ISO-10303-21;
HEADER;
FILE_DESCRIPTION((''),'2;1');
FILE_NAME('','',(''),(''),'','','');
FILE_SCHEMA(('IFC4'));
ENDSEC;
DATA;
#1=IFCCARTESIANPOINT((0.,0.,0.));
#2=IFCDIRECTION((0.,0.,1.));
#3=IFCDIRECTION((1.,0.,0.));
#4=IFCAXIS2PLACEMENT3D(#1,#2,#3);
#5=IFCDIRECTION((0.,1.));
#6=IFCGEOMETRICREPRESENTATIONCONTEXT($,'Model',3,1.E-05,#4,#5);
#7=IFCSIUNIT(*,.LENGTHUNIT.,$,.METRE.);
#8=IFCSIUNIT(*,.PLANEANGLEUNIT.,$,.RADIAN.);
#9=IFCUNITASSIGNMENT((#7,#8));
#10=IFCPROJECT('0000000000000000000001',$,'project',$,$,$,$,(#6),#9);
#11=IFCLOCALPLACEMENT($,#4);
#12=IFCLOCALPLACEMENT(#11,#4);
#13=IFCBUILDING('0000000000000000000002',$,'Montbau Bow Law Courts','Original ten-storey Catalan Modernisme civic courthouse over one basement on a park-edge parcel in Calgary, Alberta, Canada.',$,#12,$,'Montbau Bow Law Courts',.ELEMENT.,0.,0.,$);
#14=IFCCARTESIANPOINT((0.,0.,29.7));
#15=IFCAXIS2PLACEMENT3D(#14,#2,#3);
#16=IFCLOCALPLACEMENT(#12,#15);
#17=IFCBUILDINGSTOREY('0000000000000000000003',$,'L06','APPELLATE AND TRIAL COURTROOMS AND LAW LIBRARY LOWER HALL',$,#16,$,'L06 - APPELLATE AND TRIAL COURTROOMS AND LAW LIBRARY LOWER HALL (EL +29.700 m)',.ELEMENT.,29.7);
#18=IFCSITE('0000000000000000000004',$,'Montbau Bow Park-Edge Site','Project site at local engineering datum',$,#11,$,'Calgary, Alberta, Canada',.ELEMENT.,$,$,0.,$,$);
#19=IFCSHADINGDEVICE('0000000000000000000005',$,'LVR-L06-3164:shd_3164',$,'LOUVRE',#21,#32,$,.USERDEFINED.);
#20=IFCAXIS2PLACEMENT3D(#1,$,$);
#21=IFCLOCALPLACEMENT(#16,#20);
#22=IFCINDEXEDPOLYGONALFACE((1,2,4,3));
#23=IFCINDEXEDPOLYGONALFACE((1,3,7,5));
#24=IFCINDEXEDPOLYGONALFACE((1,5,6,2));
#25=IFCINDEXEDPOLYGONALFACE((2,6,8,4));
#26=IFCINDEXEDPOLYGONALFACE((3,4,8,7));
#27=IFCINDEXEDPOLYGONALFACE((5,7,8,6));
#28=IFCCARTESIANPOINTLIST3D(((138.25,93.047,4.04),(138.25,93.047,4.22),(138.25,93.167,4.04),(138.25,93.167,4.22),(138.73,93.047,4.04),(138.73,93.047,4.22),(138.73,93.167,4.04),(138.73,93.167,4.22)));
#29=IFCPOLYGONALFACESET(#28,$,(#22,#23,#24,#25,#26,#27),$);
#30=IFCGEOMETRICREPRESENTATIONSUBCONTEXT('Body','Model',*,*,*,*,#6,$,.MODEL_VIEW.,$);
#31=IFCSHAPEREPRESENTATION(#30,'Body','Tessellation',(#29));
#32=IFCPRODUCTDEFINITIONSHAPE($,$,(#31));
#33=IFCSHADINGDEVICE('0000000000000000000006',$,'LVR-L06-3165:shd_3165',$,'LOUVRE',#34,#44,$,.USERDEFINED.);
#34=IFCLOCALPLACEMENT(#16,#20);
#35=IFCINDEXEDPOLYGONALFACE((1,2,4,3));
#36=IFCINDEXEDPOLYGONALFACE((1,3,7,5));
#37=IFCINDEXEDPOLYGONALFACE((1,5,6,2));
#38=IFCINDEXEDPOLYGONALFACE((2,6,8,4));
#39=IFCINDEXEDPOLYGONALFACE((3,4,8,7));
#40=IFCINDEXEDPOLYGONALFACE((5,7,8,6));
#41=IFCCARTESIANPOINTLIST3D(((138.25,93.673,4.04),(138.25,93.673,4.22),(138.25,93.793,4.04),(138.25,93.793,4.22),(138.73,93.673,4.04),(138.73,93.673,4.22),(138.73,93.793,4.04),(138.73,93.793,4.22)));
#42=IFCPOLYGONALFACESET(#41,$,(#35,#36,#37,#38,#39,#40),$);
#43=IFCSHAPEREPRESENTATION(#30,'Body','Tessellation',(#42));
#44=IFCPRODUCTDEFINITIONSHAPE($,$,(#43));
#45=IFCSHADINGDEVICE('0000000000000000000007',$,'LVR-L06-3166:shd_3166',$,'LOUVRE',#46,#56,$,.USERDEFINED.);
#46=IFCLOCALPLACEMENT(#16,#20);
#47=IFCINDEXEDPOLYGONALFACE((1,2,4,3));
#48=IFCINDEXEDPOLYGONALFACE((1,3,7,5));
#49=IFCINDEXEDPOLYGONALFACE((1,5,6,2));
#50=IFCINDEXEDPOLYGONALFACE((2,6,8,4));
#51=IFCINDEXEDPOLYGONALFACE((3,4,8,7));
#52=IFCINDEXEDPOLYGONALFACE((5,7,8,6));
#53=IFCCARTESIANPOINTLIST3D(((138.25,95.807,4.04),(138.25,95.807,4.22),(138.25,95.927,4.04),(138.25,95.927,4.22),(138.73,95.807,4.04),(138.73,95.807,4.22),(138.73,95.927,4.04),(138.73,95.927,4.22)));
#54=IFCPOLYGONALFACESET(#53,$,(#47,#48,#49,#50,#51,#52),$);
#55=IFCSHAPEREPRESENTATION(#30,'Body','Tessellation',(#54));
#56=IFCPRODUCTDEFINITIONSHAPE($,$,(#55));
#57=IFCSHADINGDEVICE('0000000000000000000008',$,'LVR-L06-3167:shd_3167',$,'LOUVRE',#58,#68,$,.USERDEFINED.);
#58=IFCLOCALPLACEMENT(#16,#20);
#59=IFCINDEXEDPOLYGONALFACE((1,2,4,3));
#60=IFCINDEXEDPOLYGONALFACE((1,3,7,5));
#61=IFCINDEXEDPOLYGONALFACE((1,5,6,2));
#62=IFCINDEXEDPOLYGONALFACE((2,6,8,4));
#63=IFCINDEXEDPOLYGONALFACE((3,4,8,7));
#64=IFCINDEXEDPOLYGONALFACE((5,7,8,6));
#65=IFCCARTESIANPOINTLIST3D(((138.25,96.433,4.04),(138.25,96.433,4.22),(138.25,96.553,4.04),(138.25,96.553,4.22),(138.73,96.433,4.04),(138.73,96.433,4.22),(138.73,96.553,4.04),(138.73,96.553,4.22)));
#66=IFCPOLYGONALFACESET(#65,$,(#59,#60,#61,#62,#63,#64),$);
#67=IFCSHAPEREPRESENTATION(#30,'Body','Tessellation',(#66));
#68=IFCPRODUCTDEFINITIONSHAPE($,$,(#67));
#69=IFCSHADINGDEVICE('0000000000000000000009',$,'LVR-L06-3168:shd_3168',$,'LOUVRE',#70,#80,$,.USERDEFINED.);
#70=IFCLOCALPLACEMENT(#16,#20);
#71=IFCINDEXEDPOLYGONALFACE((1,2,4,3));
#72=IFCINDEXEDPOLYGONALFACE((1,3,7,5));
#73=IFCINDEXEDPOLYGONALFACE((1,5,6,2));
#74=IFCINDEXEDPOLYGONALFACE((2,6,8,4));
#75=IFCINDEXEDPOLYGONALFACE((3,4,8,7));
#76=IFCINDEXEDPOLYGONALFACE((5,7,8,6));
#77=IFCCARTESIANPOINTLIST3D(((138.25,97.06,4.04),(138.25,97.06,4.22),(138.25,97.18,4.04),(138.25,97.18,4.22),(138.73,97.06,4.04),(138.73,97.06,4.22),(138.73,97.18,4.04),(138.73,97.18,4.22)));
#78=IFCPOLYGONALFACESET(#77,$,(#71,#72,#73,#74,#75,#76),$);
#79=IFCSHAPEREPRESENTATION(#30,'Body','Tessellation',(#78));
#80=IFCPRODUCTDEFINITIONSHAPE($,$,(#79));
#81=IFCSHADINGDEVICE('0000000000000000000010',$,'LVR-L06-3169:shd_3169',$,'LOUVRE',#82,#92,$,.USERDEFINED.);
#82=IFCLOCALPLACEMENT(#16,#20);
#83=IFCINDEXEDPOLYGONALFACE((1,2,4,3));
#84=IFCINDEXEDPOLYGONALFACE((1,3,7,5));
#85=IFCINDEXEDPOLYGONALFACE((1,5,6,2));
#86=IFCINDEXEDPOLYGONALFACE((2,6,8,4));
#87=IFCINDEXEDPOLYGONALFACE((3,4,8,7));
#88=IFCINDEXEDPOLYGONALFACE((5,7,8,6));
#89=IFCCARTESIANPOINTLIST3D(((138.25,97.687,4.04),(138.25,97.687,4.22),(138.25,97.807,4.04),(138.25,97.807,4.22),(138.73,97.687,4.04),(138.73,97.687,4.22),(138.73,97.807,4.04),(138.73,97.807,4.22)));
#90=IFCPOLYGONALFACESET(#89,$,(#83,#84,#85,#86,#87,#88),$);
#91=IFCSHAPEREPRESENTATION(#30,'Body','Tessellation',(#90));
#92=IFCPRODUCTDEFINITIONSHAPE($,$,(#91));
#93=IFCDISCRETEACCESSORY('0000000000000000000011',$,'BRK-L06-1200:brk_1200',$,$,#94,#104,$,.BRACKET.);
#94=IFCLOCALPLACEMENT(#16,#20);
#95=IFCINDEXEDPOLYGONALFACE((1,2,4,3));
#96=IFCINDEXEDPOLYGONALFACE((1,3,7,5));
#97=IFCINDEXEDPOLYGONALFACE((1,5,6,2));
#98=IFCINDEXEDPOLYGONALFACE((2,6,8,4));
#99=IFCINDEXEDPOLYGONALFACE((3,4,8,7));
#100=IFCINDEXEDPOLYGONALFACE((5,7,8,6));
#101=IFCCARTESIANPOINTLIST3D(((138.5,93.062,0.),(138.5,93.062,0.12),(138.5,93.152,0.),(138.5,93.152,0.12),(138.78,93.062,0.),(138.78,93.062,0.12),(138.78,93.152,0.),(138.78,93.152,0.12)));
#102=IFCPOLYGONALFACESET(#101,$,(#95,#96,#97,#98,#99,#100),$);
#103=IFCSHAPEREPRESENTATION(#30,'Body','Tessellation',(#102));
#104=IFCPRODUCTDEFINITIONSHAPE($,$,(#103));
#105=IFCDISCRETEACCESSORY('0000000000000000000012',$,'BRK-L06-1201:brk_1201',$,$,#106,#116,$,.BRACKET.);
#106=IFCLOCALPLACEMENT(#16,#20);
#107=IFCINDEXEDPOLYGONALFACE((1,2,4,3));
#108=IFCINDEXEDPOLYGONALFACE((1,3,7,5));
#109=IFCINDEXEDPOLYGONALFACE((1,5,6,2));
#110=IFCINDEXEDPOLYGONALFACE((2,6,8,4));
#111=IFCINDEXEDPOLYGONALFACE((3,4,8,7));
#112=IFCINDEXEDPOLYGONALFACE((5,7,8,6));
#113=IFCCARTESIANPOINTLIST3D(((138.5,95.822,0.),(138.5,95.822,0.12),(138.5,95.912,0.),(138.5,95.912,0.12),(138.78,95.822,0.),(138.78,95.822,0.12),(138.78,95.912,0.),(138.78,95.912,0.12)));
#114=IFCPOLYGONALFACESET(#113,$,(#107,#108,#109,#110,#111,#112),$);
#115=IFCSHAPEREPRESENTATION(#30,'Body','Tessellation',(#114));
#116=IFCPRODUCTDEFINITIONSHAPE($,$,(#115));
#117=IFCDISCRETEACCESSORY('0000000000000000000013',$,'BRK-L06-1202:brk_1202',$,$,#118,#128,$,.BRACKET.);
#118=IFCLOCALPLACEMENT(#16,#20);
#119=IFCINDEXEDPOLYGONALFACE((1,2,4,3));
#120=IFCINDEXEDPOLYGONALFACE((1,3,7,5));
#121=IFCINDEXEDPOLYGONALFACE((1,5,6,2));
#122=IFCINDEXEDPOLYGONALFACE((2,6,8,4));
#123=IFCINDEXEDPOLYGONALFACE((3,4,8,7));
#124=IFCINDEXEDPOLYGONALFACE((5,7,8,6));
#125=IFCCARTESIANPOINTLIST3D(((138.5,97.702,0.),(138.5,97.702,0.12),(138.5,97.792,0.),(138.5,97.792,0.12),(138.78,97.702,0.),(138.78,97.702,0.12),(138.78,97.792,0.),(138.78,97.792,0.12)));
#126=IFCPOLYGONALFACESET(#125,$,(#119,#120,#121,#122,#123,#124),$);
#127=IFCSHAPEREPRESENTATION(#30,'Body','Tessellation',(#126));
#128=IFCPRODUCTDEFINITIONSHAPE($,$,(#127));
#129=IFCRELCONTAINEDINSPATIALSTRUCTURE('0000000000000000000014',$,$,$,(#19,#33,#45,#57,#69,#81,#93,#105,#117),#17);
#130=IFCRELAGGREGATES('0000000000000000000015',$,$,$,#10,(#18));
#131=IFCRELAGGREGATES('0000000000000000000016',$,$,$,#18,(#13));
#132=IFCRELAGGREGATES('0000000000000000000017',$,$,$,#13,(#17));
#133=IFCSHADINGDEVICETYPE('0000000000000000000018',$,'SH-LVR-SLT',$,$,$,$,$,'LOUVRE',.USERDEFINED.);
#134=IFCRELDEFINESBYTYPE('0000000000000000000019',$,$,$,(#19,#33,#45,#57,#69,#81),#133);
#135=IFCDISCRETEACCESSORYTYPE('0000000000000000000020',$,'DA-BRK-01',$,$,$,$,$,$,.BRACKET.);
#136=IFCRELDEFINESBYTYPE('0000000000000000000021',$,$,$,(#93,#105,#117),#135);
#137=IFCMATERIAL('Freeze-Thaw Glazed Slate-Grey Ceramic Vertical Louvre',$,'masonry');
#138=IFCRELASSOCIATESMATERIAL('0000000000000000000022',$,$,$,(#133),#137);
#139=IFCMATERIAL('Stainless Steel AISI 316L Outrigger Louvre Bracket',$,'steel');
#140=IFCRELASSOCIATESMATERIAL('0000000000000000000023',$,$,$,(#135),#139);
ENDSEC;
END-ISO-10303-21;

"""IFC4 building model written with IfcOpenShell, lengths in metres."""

from ifc_helpers import new_model, si_unit, direction, frame, origin_with_axes, origin_2d_with_axis, place, context, subcontext, project, spatial, rectangle, extrude, material, type_object, element, save


model = new_model("IFC4")

# Units and contexts
model_context = context("Model", 3, precision=1e-05, world=origin_with_axes(), true_north=direction((0.0, 1.0)))
body_context = subcontext(model_context, "Body", "Model", "MODEL_VIEW")
ifc_project = project(units=[si_unit("LENGTHUNIT", "METRE"), si_unit("PLANEANGLEUNIT", "RADIAN")], contexts=[model_context])

# Site, building, storey
site_placement = place(None, origin_with_axes())
site = spatial("IfcSite", under=ifc_project, at=site_placement, Name="Montbau Bow Park-Edge Site", Description="Project site at local engineering datum", LongName="Calgary, Alberta, Canada", CompositionType="ELEMENT", RefElevation=0.0)
building_placement = place(site_placement, origin_with_axes())
building = spatial("IfcBuilding", under=site, at=building_placement, Name="Montbau Bow Law Courts", Description="Original ten-storey Catalan Modernisme civic courthouse over one basement on a park-edge parcel in Calgary, Alberta, Canada.", LongName="Montbau Bow Law Courts", CompositionType="ELEMENT", ElevationOfRefHeight=0.0, ElevationOfTerrain=0.0)
storey_placement = place(building_placement, frame((0.0, 0.0, 29.7), z_axis=(0.0, 0.0, 1.0), x_axis=(1.0, 0.0, 0.0)))
storey = spatial("IfcBuildingStorey", under=building, at=storey_placement, Name="L06", Description="APPELLATE AND TRIAL COURTROOMS AND LAW LIBRARY LOWER HALL", LongName="L06 - APPELLATE AND TRIAL COURTROOMS AND LAW LIBRARY LOWER HALL (EL +29.700 m)", CompositionType="ELEMENT", Elevation=29.7)

# Shared definitions
ifc_material_1 = material(Name="Freeze-Thaw Glazed Slate-Grey Ceramic Vertical Louvre", Category="masonry")

# Shading devices
shading_device_type = type_object("IfcShadingDeviceType", Name="SH-LVR-SLT", ElementType="LOUVRE", PredefinedType="USERDEFINED", material=ifc_material_1)
for number, where, z_axis, x_axis, name in (
    (1, (138.49, 93.107, 33.74), (0.0, 0.0, 1.0), (-1.0, 0.0, 0.0), "LVR-L06-3164:shd_3164"),
    (2, (138.49, 93.733, 33.74), (0.0, 0.0, 1.0), (-1.0, 0.0, 0.0), "LVR-L06-3165:shd_3165"),
    (3, (138.49, 95.867, 33.74), (0.0, 0.0, 1.0), (-1.0, 0.0, 0.0), "LVR-L06-3166:shd_3166"),
    (4, (138.49, 96.493, 33.74), (0.0, 0.0, 1.0), (-1.0, 0.0, 0.0), "LVR-L06-3167:shd_3167"),
    (5, (138.49, 97.12, 33.74), (0.0, 0.0, 1.0), (-1.0, 0.0, 0.0), "LVR-L06-3168:shd_3168"),
    (6, (138.49, 97.747, 33.74), (0.0, 0.0, 1.0), (-1.0, 0.0, 0.0), "LVR-L06-3169:shd_3169"),
):
    element("IfcShadingDevice", number, at=place(None, frame(where, z_axis=z_axis, x_axis=x_axis)), inside=storey, type_object=shading_device_type, Name=name, ObjectType="LOUVRE", PredefinedType="USERDEFINED", context=body_context, shape_type="SweptSolid", body=[
        extrude(rectangle(XDim=0.48, YDim=0.12, at=origin_2d_with_axis()), origin_with_axes(), (0.0, 0.0, 1.0), 0.18),
    ])

# Discrete accessories
ifc_material_2 = material(Name="Stainless Steel AISI 316L Outrigger Louvre Bracket", Category="steel")
discrete_accessory_type = type_object("IfcDiscreteAccessoryType", Name="DA-BRK-01", PredefinedType="BRACKET", material=ifc_material_2)
for number, where, z_axis, x_axis, name in (
    (7, (138.64, 93.107, 29.7), (0.0, 0.0, 1.0), (-1.0, 0.0, 0.0), "BRK-L06-1200:brk_1200"),
    (8, (138.64, 95.867, 29.7), (0.0, 0.0, 1.0), (-1.0, 0.0, 0.0), "BRK-L06-1201:brk_1201"),
    (9, (138.64, 97.747, 29.7), (0.0, 0.0, 1.0), (-1.0, 0.0, 0.0), "BRK-L06-1202:brk_1202"),
):
    element("IfcDiscreteAccessory", number, at=place(None, frame(where, z_axis=z_axis, x_axis=x_axis)), inside=storey, type_object=discrete_accessory_type, Name=name, PredefinedType="BRACKET", context=body_context, shape_type="SweptSolid", body=[
        extrude(rectangle(XDim=0.28, YDim=0.09, at=origin_2d_with_axis()), origin_with_axes(), (0.0, 0.0, 1.0), 0.12),
    ])

save(model, "model.ifc")
